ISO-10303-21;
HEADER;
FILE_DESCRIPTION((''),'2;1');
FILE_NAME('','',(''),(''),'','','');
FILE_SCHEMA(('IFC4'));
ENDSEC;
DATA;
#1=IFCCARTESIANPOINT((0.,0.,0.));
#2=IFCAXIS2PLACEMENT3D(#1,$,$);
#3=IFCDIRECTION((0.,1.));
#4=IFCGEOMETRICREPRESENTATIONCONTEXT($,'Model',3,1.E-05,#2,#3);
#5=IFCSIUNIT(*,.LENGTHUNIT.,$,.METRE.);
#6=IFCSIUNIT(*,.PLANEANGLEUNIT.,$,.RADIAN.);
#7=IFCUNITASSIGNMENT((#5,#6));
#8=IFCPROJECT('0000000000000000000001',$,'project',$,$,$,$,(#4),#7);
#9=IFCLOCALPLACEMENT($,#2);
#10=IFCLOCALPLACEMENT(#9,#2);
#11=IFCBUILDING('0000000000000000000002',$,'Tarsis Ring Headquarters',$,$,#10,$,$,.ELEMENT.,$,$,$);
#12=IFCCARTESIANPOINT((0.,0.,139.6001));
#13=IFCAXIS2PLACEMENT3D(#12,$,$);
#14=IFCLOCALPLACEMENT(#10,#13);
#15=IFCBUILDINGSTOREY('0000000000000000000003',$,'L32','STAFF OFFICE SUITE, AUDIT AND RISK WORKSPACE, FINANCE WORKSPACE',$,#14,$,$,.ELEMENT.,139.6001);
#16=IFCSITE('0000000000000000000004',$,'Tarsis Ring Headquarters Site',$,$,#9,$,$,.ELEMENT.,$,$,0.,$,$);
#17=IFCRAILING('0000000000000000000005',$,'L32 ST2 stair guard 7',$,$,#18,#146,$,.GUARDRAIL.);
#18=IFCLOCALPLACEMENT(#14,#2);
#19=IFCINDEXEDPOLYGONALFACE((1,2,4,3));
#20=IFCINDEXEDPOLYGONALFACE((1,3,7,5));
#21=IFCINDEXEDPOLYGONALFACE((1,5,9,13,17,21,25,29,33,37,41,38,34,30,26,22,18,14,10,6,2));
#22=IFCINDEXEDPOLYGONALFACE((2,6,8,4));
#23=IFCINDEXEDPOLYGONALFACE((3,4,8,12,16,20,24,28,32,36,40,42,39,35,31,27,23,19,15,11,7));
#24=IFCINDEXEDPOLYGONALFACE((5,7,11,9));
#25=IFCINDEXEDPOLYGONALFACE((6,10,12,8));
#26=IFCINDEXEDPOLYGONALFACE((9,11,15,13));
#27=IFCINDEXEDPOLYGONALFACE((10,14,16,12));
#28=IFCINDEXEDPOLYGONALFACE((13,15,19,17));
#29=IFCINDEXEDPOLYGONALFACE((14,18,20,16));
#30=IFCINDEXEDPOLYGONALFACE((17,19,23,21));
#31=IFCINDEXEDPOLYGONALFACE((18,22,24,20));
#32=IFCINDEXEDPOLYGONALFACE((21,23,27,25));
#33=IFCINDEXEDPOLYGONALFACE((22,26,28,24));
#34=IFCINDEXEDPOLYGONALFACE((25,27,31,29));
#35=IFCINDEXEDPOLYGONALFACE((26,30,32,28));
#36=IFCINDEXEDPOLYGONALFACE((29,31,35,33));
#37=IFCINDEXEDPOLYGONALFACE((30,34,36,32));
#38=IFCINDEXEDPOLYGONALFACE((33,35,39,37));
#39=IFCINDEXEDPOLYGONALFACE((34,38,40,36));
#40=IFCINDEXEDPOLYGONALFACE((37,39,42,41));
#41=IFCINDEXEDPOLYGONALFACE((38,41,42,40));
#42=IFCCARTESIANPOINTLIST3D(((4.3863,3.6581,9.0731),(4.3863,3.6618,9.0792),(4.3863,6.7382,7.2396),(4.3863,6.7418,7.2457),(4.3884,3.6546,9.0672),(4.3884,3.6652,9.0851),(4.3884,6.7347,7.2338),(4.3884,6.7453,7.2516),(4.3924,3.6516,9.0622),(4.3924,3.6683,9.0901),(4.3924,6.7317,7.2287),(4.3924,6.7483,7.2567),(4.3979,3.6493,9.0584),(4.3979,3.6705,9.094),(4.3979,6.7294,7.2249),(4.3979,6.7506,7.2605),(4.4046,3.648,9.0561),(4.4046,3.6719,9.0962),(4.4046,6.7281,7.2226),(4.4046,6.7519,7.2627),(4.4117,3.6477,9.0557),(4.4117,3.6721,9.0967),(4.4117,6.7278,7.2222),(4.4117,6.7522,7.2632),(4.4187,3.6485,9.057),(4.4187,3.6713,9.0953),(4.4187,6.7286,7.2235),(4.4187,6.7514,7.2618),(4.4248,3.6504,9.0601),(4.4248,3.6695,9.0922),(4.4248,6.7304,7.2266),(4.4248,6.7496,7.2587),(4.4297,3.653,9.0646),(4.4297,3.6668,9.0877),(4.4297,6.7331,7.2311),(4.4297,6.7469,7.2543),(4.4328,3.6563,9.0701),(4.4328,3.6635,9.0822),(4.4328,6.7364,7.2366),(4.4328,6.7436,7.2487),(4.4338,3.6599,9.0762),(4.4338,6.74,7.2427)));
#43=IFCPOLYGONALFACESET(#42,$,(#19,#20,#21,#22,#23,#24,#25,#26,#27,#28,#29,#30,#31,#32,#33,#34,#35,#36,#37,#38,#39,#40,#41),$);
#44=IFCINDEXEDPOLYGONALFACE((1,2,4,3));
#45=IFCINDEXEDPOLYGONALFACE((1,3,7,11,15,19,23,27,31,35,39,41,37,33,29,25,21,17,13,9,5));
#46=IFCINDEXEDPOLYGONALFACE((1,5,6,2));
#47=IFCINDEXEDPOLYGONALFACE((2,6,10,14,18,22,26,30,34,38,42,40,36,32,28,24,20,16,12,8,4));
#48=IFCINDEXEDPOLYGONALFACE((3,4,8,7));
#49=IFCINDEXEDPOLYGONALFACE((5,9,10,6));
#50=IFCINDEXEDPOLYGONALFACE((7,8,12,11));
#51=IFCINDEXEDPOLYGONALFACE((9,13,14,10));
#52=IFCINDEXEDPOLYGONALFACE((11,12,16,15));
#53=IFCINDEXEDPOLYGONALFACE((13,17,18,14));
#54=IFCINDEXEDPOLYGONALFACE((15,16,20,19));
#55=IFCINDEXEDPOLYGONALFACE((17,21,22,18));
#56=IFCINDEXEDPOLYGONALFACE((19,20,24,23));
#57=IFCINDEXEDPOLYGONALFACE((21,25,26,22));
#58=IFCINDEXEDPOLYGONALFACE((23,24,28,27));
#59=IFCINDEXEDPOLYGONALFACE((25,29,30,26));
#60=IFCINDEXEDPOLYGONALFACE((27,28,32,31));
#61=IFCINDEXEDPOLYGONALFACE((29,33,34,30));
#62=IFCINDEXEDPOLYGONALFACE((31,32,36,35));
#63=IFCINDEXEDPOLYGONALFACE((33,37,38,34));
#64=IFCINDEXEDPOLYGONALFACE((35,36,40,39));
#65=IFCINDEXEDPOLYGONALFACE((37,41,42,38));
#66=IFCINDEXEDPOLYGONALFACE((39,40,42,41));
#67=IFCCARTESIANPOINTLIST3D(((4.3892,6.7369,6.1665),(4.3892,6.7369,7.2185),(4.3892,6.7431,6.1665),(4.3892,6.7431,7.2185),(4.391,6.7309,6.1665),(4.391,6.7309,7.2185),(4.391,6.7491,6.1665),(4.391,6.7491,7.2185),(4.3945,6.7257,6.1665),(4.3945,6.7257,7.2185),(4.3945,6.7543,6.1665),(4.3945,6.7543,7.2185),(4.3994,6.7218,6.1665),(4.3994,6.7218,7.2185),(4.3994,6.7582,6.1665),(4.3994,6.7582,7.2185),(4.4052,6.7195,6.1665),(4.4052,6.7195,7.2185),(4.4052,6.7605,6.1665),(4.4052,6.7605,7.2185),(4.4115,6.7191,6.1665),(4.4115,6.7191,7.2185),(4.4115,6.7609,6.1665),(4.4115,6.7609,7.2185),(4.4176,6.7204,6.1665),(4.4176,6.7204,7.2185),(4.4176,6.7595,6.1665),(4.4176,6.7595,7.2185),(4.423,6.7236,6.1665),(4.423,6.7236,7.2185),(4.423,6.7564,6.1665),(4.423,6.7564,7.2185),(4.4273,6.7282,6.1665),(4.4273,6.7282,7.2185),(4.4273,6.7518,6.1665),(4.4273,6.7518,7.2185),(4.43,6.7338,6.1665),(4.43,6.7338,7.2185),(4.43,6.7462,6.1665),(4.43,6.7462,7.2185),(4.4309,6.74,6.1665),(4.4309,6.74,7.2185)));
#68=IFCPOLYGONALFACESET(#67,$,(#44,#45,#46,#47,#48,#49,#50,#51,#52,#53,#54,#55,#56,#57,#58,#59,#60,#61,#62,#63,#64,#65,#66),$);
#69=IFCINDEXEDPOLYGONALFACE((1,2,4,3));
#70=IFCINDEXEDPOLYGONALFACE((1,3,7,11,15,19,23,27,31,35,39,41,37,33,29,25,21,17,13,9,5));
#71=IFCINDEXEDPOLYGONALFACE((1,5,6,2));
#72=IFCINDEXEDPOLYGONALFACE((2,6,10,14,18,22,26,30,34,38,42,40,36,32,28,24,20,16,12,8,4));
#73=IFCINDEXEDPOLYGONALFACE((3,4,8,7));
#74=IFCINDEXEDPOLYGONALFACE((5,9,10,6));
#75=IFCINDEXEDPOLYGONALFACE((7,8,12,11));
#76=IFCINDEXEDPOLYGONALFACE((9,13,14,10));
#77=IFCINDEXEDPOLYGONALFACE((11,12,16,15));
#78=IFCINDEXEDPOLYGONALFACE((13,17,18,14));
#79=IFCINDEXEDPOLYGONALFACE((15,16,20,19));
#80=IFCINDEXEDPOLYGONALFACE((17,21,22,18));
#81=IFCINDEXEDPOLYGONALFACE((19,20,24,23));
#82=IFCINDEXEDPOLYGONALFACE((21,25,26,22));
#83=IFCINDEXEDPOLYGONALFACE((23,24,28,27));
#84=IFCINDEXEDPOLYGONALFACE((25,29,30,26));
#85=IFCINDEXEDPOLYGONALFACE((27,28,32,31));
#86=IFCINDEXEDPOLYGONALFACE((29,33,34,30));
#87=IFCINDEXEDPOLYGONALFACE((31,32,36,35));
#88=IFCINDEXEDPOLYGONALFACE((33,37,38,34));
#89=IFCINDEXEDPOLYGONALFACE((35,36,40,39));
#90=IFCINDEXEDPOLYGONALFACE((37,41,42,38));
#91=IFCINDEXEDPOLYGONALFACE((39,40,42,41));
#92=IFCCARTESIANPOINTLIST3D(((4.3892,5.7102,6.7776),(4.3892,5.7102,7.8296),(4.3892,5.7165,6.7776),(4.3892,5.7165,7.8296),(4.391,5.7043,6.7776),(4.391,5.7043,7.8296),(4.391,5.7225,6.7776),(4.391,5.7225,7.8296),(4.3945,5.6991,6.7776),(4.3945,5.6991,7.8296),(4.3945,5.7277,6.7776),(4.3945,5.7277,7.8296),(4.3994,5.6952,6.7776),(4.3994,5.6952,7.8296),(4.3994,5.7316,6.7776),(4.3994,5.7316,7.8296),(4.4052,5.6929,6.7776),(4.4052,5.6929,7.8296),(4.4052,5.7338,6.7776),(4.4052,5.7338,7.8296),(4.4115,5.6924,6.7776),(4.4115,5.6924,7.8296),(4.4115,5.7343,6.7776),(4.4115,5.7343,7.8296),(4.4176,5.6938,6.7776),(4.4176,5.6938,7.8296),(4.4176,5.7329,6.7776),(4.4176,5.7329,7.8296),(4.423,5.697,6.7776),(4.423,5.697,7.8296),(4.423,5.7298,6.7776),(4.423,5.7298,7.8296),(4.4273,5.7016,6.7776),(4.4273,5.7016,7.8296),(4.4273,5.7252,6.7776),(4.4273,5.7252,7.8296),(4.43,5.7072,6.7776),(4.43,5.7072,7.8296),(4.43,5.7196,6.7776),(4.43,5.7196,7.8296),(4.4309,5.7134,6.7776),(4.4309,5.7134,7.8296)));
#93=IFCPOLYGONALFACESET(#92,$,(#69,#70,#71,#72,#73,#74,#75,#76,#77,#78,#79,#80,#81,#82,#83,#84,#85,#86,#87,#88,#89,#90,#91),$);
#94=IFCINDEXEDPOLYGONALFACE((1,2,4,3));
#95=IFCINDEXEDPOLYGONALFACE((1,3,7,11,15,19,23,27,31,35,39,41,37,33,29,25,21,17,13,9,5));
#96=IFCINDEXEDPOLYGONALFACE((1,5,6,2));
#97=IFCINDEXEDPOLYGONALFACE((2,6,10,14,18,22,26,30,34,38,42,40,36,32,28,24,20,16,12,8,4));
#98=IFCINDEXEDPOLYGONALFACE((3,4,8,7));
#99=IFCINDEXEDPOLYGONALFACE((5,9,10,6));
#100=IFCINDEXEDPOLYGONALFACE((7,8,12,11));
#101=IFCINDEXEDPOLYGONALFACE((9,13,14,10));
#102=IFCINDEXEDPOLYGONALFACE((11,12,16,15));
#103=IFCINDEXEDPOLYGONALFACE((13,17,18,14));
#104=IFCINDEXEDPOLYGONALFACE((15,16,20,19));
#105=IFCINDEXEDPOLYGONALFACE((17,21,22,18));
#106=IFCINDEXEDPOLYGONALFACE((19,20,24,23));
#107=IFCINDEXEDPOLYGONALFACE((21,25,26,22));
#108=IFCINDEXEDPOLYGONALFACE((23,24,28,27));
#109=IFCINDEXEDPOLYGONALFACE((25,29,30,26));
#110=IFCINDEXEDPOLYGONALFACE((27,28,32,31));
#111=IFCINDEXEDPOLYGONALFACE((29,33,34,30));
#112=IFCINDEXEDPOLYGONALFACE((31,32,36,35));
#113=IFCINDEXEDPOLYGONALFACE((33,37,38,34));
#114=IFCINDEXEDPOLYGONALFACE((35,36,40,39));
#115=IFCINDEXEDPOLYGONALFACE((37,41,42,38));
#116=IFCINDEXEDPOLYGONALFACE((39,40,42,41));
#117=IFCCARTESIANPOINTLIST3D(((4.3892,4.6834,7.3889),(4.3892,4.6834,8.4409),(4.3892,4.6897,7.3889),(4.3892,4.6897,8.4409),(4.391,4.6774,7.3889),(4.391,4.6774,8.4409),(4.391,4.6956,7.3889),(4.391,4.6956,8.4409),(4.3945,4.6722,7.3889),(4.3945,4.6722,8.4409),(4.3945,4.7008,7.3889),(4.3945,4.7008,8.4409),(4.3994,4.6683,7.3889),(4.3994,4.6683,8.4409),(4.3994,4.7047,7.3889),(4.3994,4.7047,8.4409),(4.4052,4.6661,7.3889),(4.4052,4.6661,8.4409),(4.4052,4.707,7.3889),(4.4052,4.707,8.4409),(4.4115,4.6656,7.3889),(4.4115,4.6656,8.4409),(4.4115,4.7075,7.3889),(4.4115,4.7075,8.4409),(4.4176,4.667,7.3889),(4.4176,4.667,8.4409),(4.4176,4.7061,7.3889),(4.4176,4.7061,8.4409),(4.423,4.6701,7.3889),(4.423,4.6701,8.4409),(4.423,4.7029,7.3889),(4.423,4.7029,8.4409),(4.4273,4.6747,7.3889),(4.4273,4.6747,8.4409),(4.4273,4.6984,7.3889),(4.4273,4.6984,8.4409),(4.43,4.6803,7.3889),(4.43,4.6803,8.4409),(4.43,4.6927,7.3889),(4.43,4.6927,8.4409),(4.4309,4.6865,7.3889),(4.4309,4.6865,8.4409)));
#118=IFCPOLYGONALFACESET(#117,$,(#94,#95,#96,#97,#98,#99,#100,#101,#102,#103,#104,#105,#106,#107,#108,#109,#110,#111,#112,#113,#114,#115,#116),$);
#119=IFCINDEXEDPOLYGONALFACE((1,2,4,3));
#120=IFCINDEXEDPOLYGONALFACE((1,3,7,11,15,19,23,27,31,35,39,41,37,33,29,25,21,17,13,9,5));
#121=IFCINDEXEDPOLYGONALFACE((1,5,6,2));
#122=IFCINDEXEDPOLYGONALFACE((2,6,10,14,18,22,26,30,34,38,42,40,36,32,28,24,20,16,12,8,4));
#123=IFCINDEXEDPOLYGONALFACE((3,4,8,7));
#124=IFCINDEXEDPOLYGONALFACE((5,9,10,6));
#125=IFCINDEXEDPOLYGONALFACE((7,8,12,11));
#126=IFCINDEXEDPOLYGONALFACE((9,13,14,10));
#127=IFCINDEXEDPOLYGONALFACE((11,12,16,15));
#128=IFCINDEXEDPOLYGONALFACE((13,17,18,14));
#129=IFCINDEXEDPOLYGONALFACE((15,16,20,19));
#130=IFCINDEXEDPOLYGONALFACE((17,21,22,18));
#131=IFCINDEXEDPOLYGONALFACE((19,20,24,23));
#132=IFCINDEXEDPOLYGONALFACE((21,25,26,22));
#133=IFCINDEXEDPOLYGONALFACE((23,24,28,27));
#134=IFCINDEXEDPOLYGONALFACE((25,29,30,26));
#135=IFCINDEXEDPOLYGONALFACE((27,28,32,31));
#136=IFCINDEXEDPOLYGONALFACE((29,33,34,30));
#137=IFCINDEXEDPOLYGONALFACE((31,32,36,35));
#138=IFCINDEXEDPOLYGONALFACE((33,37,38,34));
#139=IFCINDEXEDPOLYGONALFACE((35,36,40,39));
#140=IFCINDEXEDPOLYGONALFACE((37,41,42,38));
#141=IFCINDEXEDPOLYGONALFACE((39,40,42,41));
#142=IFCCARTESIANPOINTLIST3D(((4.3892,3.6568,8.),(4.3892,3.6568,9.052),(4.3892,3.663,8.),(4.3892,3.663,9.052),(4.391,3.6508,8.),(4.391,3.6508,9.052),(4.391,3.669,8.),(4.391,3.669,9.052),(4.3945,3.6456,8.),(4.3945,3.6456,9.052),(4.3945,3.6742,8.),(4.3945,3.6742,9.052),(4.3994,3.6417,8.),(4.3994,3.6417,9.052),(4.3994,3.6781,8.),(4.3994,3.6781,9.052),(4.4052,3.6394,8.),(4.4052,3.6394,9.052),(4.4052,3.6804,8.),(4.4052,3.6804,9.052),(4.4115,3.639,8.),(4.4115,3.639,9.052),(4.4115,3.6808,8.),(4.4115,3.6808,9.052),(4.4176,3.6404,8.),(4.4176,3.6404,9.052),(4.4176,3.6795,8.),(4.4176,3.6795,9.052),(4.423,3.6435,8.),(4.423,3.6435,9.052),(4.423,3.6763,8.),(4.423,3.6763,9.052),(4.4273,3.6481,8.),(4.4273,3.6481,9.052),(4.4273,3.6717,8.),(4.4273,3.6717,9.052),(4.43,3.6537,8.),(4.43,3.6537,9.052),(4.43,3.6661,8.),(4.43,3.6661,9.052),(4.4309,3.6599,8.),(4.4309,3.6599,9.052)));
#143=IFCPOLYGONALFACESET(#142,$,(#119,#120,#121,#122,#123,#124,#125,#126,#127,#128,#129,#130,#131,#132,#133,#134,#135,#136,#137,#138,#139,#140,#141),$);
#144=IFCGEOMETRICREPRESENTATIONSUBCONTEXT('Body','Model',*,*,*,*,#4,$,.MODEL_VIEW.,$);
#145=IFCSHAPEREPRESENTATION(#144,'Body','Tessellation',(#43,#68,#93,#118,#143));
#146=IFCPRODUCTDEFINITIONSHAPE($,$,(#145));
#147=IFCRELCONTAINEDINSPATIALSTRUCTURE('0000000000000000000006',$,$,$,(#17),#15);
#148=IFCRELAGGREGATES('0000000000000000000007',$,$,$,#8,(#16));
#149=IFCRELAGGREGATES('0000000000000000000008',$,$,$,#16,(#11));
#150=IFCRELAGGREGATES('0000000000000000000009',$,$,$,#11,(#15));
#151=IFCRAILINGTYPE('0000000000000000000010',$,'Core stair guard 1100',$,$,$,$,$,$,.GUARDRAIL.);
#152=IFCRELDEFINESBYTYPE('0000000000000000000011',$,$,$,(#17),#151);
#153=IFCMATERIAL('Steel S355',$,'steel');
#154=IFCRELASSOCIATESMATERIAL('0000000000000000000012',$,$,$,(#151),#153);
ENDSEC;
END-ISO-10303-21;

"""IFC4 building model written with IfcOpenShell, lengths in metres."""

from ifc_helpers import new_model, si_unit, direction, frame, origin, origin_2d, place, context, subcontext, project, spatial, circle, extrude, material, type_object, element, save


model = new_model("IFC4")

# Units and contexts
model_context = context("Model", 3, precision=1e-05, world=origin(), true_north=direction((0.0, 1.0)))
body_context = subcontext(model_context, "Body", "Model", "MODEL_VIEW")
ifc_project = project(units=[si_unit("LENGTHUNIT", "METRE"), si_unit("PLANEANGLEUNIT", "RADIAN")], contexts=[model_context])

# Site, building, storey
site_placement = place(None, origin())
site = spatial("IfcSite", under=ifc_project, at=site_placement, Name="Tarsis Ring Headquarters Site", CompositionType="ELEMENT", RefElevation=0.0)
building_placement = place(site_placement, origin())
building = spatial("IfcBuilding", under=site, at=building_placement, Name="Tarsis Ring Headquarters", CompositionType="ELEMENT")
storey_placement = place(building_placement, frame((0.0, 0.0, 139.6001)))
storey = spatial("IfcBuildingStorey", under=building, at=storey_placement, Name="L32", Description="STAFF OFFICE SUITE, AUDIT AND RISK WORKSPACE, FINANCE WORKSPACE", CompositionType="ELEMENT", Elevation=139.6001)

# Shared definitions
ifc_material_1 = material(Name="Steel S355", Category="steel")

# Railing
railing_type_1 = type_object("IfcRailingType", Name="Core stair guard 1100", PredefinedType="GUARDRAIL", material=ifc_material_1)
railing_1_placement = place(storey_placement, frame((4.4099, 6.74, 6.1665)))
element("IfcRailing", 1, at=railing_1_placement, inside=storey, type_object=railing_type_1, Name="L32 ST2 stair guard 7", PredefinedType="GUARDRAIL", context=body_context, shape_type="SweptSolid", body=[
    extrude(circle(Radius=0.0239, at=origin_2d()), frame((0.0, 0.0, 1.0762), z_axis=(0.0, -0.859279, 0.511508), x_axis=(1.0, 0.0, 0.0)), (0.0, 0.0, 1.0), 3.5845),
    extrude(circle(Radius=0.021, at=origin_2d()), origin(), (0.0, 0.0, 1.0), 1.052),
    extrude(circle(Radius=0.021, at=origin_2d()), frame((0.0, -1.0266, 0.6111)), (0.0, 0.0, 1.0), 1.052),
    extrude(circle(Radius=0.021, at=origin_2d()), frame((0.0, -2.0535, 1.2224)), (0.0, 0.0, 1.0), 1.052),
    extrude(circle(Radius=0.021, at=origin_2d()), frame((0.0, -3.0801, 1.8335)), (0.0, 0.0, 1.0), 1.052),
])

save(model, "model.ifc")
